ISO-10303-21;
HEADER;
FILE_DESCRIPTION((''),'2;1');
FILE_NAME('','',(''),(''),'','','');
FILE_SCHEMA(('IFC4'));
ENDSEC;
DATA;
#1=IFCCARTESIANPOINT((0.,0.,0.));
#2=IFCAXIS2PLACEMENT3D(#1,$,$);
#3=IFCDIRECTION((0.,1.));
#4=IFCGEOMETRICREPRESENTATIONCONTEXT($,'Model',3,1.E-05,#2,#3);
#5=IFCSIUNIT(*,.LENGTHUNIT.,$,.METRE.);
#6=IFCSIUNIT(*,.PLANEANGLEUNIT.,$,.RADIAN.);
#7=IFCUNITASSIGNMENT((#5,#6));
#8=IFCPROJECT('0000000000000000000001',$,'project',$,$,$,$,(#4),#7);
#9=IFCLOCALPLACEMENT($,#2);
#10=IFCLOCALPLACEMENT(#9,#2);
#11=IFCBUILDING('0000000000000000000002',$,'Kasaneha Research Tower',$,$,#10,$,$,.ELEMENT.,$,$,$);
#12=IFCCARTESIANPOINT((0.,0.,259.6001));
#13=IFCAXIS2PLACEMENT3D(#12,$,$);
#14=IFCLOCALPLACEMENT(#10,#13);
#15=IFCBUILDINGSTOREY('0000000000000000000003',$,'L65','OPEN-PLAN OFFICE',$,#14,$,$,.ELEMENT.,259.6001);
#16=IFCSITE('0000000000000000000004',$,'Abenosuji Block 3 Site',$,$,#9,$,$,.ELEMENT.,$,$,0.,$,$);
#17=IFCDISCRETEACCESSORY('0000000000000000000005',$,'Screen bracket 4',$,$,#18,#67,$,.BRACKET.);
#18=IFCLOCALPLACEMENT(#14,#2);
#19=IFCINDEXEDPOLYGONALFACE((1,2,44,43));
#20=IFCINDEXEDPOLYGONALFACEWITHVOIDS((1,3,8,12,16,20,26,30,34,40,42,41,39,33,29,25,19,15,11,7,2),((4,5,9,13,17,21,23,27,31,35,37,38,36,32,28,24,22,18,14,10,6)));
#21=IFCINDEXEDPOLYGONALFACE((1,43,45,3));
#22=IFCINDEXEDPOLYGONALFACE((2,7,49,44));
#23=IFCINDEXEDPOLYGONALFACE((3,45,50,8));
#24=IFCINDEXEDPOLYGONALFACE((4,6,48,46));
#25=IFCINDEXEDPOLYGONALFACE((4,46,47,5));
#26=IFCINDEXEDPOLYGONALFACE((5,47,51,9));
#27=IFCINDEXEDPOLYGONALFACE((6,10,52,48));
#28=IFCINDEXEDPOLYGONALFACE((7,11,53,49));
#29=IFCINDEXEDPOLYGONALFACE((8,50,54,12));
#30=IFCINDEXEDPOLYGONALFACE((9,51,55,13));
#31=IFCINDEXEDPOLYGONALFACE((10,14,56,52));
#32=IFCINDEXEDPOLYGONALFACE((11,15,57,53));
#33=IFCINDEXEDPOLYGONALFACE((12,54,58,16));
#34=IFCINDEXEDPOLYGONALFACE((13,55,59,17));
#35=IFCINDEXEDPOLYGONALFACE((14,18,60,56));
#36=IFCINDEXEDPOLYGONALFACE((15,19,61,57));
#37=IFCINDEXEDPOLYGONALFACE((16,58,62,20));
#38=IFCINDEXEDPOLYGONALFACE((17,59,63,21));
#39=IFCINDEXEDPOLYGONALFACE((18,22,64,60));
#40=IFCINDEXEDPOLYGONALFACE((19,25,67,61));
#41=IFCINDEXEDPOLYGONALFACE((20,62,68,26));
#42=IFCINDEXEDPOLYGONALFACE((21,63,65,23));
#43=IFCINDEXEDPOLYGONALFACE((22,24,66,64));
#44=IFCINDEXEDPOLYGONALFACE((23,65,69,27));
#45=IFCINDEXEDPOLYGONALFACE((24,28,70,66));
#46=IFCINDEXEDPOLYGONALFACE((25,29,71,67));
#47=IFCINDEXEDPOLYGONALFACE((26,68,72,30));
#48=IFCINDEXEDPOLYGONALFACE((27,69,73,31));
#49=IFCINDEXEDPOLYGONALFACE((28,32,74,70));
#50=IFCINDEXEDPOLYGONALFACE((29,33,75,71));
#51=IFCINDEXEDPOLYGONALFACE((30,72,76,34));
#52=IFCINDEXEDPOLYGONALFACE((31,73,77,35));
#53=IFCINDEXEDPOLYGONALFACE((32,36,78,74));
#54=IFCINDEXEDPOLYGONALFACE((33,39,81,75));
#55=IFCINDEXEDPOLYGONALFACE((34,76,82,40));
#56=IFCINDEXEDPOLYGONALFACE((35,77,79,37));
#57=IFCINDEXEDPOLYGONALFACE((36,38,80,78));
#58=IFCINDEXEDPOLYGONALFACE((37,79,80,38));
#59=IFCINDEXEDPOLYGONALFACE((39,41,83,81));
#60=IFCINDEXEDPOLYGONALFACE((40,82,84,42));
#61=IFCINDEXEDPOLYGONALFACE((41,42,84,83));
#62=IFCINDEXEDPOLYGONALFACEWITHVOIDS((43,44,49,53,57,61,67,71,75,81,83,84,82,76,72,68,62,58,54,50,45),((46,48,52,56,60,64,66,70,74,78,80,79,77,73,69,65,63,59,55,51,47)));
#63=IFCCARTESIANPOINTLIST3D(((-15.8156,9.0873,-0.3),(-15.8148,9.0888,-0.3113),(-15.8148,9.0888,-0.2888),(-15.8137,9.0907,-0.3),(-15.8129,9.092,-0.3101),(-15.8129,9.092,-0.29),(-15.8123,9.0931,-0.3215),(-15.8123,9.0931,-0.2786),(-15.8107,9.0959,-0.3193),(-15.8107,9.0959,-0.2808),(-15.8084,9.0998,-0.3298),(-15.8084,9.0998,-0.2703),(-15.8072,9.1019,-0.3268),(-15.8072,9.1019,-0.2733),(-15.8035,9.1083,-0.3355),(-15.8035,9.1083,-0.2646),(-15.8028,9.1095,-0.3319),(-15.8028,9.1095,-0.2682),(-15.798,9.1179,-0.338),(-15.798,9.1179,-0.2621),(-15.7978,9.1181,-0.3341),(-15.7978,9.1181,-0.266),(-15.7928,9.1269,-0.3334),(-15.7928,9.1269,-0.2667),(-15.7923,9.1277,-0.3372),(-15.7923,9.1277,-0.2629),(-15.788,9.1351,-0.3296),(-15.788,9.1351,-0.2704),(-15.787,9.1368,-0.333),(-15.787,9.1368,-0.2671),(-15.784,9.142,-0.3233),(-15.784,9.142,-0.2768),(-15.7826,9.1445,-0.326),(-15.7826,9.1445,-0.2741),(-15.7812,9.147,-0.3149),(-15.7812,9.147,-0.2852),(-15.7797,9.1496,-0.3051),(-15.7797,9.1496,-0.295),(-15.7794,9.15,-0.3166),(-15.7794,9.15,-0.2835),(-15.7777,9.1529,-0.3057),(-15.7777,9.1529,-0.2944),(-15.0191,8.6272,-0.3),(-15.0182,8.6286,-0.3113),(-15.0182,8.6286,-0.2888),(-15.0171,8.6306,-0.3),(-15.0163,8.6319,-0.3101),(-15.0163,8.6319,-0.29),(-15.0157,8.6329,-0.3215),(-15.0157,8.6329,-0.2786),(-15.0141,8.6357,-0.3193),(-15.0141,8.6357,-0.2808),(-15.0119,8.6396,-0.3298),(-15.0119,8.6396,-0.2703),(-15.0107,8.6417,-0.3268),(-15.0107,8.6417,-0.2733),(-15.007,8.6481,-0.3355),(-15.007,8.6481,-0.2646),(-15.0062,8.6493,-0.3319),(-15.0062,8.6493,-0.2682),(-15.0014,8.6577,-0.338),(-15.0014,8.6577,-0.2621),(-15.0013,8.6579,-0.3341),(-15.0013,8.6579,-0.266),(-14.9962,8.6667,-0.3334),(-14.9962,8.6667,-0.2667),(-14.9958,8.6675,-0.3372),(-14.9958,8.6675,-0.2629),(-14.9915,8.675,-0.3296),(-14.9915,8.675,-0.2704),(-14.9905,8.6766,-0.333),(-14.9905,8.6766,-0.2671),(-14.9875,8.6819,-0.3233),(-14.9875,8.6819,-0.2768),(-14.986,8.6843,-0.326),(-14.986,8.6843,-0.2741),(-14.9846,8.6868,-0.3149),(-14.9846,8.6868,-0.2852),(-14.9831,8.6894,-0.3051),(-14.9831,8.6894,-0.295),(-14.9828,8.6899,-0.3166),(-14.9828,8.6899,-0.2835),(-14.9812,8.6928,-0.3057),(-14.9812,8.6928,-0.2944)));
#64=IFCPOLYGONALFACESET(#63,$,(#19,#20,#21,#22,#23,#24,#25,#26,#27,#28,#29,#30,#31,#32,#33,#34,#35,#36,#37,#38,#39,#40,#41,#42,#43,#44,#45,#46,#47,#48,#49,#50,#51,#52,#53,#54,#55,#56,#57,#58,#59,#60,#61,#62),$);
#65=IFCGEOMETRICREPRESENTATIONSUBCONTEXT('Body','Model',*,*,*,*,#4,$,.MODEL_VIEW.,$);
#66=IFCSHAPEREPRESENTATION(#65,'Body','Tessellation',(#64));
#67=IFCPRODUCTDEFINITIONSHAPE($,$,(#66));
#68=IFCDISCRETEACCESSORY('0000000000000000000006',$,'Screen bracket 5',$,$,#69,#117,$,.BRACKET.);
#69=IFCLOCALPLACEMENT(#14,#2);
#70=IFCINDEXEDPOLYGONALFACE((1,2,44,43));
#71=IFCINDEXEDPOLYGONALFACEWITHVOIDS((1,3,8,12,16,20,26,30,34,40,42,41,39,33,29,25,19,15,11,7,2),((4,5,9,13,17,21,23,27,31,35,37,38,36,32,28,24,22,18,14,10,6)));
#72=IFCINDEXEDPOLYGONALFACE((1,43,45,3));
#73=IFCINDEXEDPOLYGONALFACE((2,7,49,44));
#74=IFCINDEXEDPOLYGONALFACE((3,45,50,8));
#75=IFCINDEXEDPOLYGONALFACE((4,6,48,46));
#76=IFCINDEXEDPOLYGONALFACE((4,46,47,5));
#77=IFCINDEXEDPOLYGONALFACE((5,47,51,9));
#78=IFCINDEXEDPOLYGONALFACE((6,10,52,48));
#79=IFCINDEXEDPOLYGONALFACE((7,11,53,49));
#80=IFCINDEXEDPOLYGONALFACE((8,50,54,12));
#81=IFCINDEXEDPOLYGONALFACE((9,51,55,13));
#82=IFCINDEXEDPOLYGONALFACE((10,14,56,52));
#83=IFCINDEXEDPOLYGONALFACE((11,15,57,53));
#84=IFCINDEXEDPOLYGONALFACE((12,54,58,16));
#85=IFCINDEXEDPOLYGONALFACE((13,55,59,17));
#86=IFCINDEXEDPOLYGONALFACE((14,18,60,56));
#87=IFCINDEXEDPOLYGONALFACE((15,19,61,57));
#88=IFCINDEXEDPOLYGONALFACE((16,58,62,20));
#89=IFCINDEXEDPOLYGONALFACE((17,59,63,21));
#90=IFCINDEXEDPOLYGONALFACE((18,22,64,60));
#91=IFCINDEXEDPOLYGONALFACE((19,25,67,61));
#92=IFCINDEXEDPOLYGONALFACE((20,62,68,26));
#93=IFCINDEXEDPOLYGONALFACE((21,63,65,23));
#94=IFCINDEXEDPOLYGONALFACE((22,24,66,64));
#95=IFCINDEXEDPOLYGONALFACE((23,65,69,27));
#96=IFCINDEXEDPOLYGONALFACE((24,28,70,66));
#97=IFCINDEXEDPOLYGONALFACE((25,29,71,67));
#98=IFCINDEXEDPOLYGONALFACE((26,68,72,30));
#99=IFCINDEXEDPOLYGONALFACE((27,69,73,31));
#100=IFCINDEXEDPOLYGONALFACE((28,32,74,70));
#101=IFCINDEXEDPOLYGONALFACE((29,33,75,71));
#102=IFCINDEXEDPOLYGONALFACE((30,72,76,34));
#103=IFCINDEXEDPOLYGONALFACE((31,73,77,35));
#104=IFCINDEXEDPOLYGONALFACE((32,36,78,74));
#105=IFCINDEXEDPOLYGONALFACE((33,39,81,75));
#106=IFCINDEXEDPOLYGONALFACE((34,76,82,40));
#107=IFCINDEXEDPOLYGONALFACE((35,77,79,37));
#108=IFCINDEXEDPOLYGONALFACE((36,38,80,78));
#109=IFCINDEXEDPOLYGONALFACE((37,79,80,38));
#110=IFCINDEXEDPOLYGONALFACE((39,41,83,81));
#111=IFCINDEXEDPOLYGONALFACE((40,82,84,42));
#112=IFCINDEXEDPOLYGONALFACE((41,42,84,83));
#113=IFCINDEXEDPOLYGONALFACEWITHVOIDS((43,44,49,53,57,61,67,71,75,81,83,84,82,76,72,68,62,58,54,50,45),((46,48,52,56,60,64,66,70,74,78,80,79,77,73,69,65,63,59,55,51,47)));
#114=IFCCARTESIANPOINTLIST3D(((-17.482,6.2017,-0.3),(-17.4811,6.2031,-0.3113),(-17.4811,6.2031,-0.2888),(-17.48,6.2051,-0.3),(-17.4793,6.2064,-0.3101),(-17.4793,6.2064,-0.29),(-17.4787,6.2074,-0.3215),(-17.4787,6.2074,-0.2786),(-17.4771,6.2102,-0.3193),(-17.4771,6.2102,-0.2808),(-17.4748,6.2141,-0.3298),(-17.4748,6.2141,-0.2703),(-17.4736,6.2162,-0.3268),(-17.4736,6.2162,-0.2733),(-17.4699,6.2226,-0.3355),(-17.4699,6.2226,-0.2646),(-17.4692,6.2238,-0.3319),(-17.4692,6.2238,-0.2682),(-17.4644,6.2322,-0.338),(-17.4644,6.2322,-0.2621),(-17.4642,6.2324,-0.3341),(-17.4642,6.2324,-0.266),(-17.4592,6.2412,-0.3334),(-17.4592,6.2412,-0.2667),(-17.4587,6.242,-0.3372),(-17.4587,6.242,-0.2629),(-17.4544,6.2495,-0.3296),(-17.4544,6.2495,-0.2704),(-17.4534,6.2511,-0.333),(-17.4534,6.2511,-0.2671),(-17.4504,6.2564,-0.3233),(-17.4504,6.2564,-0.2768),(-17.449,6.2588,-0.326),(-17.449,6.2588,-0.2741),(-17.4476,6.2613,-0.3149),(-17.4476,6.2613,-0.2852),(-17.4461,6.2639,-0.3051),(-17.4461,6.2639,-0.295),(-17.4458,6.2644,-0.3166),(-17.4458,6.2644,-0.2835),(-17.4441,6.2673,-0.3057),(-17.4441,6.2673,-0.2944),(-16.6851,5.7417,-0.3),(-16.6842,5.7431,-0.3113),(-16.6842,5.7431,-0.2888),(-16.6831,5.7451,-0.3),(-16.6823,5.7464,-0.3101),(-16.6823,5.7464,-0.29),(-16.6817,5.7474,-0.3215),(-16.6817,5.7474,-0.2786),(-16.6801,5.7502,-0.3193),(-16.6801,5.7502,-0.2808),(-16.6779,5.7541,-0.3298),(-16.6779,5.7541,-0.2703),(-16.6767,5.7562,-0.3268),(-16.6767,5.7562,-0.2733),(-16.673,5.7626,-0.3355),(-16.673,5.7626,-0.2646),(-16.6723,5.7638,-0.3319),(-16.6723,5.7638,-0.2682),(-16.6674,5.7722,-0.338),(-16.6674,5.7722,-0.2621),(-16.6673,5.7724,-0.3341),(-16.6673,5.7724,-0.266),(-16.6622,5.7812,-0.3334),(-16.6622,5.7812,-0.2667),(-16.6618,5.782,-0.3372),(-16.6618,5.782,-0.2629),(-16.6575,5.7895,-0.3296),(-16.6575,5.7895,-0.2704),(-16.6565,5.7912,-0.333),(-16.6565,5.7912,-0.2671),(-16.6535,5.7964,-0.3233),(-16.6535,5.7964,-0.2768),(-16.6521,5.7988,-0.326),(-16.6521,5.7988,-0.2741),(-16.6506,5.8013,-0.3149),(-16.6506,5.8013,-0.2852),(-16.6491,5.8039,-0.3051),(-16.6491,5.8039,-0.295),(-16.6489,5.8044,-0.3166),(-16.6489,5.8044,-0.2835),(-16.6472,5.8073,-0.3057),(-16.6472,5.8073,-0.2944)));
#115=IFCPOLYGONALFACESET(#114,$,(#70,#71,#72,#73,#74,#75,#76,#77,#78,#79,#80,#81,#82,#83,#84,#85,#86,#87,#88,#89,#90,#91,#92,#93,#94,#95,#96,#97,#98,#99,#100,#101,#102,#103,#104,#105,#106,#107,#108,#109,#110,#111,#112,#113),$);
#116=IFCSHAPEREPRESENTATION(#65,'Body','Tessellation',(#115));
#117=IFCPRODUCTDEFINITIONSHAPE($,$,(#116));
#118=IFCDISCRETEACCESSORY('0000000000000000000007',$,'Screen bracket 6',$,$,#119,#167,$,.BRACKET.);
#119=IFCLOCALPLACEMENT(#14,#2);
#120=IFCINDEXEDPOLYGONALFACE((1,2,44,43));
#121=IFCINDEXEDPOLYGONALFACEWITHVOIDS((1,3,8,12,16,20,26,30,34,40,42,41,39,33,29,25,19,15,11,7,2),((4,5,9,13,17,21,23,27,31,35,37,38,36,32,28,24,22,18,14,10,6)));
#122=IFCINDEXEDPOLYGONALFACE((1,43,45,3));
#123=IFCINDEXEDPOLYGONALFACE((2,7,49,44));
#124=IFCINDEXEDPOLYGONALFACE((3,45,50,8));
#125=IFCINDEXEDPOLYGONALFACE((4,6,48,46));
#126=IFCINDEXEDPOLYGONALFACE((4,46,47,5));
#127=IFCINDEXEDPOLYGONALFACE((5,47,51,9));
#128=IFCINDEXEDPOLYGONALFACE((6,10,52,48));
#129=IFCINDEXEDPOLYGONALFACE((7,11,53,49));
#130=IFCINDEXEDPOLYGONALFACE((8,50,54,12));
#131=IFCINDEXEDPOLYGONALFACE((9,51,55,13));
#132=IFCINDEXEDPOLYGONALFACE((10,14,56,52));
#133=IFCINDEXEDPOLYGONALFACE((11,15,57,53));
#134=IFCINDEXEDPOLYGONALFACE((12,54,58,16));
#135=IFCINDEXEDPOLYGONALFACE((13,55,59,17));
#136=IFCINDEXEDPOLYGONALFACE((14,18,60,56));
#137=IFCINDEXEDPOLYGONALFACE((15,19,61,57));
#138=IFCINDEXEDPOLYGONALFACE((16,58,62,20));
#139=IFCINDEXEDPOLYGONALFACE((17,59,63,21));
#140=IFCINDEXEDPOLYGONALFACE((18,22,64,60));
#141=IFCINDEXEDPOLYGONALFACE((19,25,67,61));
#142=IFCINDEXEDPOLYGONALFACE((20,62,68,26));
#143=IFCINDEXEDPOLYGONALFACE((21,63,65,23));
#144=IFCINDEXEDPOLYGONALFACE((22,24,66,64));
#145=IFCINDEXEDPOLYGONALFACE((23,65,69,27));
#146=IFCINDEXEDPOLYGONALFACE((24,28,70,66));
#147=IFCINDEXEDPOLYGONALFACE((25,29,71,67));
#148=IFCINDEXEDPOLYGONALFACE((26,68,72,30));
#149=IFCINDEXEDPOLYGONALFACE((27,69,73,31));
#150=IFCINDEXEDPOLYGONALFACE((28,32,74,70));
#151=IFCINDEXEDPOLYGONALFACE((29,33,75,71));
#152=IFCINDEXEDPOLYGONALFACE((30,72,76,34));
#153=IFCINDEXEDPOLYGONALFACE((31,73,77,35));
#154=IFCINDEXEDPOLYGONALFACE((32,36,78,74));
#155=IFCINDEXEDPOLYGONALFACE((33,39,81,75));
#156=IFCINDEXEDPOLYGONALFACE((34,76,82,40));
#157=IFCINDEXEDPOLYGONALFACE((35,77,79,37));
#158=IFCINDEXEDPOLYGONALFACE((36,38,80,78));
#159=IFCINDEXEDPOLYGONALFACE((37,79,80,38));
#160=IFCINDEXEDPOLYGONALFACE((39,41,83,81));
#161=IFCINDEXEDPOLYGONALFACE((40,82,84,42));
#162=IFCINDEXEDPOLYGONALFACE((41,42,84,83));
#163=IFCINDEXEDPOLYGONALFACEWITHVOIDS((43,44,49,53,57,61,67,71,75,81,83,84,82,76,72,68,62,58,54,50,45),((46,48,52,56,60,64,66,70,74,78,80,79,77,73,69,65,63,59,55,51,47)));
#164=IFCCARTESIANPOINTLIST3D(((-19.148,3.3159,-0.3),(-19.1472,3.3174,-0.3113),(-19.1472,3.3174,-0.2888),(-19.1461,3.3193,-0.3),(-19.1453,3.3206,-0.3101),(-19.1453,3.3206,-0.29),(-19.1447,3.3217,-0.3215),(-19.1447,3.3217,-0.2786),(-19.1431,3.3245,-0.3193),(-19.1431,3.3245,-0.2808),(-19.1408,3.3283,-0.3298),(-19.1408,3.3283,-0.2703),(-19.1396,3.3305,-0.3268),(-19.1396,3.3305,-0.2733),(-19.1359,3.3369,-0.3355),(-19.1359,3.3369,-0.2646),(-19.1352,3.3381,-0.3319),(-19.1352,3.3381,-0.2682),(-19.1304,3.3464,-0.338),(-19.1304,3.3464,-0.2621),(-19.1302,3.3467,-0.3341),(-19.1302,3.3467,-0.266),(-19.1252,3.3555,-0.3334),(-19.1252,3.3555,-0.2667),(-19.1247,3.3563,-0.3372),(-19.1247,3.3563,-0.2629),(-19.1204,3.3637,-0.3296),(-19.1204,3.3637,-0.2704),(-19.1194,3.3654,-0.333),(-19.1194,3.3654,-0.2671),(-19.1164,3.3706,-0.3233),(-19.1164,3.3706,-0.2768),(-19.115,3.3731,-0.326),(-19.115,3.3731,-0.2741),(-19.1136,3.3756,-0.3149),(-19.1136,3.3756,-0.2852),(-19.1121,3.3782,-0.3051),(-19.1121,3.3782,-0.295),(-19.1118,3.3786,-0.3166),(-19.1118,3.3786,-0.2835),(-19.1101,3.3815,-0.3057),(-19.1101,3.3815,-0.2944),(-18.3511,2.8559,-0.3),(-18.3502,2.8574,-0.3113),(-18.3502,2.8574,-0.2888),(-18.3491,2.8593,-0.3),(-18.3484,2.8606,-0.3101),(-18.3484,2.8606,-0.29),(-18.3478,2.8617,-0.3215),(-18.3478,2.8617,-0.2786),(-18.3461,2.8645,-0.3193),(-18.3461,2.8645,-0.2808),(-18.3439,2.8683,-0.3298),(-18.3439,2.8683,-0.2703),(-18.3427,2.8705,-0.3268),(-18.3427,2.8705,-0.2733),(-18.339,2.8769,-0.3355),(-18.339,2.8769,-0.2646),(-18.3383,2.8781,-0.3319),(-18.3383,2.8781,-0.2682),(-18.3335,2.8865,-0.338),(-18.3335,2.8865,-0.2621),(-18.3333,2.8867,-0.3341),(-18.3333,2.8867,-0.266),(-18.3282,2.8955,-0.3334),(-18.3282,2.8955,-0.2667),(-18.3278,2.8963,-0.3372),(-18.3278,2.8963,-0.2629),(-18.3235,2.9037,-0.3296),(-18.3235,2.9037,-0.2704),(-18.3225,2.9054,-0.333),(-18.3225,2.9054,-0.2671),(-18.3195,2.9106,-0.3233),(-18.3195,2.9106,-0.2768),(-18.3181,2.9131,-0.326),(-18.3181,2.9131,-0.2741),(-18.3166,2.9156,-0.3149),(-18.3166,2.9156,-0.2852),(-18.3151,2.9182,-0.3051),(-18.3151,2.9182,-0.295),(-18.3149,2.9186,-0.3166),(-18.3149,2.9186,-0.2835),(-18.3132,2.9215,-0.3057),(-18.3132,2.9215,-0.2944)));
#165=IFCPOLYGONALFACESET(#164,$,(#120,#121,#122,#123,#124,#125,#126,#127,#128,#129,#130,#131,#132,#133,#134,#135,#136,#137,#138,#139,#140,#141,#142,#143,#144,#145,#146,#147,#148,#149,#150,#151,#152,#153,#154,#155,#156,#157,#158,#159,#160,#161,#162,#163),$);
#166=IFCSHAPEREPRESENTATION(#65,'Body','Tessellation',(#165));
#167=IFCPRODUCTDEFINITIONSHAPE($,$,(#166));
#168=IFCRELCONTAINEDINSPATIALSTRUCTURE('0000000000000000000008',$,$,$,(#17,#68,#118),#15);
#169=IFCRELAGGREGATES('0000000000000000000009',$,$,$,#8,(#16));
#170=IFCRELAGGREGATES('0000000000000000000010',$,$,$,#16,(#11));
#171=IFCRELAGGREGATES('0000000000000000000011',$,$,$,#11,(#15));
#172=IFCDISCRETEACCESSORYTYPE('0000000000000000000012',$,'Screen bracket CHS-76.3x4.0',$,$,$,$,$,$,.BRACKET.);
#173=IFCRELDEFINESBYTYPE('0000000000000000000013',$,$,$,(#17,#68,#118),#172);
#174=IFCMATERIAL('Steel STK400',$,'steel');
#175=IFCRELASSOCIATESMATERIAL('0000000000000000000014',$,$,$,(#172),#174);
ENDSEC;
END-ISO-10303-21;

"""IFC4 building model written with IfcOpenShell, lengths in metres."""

from ifc_helpers import new_model, si_unit, direction, frame, origin, origin_2d, place, context, subcontext, project, spatial, hollow_circle, extrude, material, material_profile, profile_set, type_object, element, save


model = new_model("IFC4")

# Units and contexts
model_context = context("Model", 3, precision=1e-05, world=origin(), true_north=direction((0.0, 1.0)))
body_context = subcontext(model_context, "Body", "Model", "MODEL_VIEW")
ifc_project = project(units=[si_unit("LENGTHUNIT", "METRE"), si_unit("PLANEANGLEUNIT", "RADIAN")], contexts=[model_context])

# Site, building, storey
site_placement = place(None, origin())
site = spatial("IfcSite", under=ifc_project, at=site_placement, Name="Abenosuji Block 3 Site", CompositionType="ELEMENT", RefElevation=0.0)
building_placement = place(site_placement, origin())
building = spatial("IfcBuilding", under=site, at=building_placement, Name="Kasaneha Research Tower", CompositionType="ELEMENT")
storey_placement = place(building_placement, frame((0.0, 0.0, 259.6001)))
storey = spatial("IfcBuildingStorey", under=building, at=storey_placement, Name="L65", Description="OPEN-PLAN OFFICE", CompositionType="ELEMENT", Elevation=259.6001)

# Discrete accessories
ifc_material_1 = material(Name="Steel STK400", Category="steel")
ifc_material_profile_1 = material_profile(ifc_material_1, hollow_circle(Radius=0.0381, WallThickness=0.0039, at=origin_2d()), Name="CHS-76.3x4.0")
ifc_profile_set_1 = profile_set([ifc_material_profile_1], Name="Steel STK400")
discrete_accessory_type = type_object("IfcDiscreteAccessoryType", Name="Screen bracket CHS-76.3x4.0", PredefinedType="BRACKET", material=ifc_profile_set_1)
discrete_accessory_1_placement = place(storey_placement, frame((-15.0, 8.6602, -0.3), z_axis=(-0.865898, 0.50022, 0.0), x_axis=(-0.50022, -0.865898, 0.0)))
element("IfcDiscreteAccessory", 1, at=discrete_accessory_1_placement, inside=storey, type_object=discrete_accessory_type, Name="Screen bracket 4", PredefinedType="BRACKET", context=body_context, shape_type="SweptSolid", body=[
    extrude(hollow_circle(Radius=0.0381, WallThickness=0.0039, at=origin_2d()), origin(), (0.0, 0.0, 1.0), 0.9199),
])
for number, where, z_axis, x_axis, name in (
    (2, (-16.666, 5.7747, -0.3), (-0.86608, 0.499906, 0.0), (-0.499906, -0.86608, 0.0), "Screen bracket 5"),
    (3, (-18.332, 2.8889, -0.3), (-0.86608, 0.499906, 0.0), (-0.499906, -0.86608, 0.0), "Screen bracket 6"),
):
    element("IfcDiscreteAccessory", number, at=place(storey_placement, frame(where, z_axis=z_axis, x_axis=x_axis)), inside=storey, type_object=discrete_accessory_type, Name=name, PredefinedType="BRACKET", context=body_context, shape_type="SweptSolid", body=[
        extrude(hollow_circle(Radius=0.0381, WallThickness=0.0039, at=origin_2d()), origin(), (0.0, 0.0, 1.0), 0.9202),
    ])

save(model, "model.ifc")
